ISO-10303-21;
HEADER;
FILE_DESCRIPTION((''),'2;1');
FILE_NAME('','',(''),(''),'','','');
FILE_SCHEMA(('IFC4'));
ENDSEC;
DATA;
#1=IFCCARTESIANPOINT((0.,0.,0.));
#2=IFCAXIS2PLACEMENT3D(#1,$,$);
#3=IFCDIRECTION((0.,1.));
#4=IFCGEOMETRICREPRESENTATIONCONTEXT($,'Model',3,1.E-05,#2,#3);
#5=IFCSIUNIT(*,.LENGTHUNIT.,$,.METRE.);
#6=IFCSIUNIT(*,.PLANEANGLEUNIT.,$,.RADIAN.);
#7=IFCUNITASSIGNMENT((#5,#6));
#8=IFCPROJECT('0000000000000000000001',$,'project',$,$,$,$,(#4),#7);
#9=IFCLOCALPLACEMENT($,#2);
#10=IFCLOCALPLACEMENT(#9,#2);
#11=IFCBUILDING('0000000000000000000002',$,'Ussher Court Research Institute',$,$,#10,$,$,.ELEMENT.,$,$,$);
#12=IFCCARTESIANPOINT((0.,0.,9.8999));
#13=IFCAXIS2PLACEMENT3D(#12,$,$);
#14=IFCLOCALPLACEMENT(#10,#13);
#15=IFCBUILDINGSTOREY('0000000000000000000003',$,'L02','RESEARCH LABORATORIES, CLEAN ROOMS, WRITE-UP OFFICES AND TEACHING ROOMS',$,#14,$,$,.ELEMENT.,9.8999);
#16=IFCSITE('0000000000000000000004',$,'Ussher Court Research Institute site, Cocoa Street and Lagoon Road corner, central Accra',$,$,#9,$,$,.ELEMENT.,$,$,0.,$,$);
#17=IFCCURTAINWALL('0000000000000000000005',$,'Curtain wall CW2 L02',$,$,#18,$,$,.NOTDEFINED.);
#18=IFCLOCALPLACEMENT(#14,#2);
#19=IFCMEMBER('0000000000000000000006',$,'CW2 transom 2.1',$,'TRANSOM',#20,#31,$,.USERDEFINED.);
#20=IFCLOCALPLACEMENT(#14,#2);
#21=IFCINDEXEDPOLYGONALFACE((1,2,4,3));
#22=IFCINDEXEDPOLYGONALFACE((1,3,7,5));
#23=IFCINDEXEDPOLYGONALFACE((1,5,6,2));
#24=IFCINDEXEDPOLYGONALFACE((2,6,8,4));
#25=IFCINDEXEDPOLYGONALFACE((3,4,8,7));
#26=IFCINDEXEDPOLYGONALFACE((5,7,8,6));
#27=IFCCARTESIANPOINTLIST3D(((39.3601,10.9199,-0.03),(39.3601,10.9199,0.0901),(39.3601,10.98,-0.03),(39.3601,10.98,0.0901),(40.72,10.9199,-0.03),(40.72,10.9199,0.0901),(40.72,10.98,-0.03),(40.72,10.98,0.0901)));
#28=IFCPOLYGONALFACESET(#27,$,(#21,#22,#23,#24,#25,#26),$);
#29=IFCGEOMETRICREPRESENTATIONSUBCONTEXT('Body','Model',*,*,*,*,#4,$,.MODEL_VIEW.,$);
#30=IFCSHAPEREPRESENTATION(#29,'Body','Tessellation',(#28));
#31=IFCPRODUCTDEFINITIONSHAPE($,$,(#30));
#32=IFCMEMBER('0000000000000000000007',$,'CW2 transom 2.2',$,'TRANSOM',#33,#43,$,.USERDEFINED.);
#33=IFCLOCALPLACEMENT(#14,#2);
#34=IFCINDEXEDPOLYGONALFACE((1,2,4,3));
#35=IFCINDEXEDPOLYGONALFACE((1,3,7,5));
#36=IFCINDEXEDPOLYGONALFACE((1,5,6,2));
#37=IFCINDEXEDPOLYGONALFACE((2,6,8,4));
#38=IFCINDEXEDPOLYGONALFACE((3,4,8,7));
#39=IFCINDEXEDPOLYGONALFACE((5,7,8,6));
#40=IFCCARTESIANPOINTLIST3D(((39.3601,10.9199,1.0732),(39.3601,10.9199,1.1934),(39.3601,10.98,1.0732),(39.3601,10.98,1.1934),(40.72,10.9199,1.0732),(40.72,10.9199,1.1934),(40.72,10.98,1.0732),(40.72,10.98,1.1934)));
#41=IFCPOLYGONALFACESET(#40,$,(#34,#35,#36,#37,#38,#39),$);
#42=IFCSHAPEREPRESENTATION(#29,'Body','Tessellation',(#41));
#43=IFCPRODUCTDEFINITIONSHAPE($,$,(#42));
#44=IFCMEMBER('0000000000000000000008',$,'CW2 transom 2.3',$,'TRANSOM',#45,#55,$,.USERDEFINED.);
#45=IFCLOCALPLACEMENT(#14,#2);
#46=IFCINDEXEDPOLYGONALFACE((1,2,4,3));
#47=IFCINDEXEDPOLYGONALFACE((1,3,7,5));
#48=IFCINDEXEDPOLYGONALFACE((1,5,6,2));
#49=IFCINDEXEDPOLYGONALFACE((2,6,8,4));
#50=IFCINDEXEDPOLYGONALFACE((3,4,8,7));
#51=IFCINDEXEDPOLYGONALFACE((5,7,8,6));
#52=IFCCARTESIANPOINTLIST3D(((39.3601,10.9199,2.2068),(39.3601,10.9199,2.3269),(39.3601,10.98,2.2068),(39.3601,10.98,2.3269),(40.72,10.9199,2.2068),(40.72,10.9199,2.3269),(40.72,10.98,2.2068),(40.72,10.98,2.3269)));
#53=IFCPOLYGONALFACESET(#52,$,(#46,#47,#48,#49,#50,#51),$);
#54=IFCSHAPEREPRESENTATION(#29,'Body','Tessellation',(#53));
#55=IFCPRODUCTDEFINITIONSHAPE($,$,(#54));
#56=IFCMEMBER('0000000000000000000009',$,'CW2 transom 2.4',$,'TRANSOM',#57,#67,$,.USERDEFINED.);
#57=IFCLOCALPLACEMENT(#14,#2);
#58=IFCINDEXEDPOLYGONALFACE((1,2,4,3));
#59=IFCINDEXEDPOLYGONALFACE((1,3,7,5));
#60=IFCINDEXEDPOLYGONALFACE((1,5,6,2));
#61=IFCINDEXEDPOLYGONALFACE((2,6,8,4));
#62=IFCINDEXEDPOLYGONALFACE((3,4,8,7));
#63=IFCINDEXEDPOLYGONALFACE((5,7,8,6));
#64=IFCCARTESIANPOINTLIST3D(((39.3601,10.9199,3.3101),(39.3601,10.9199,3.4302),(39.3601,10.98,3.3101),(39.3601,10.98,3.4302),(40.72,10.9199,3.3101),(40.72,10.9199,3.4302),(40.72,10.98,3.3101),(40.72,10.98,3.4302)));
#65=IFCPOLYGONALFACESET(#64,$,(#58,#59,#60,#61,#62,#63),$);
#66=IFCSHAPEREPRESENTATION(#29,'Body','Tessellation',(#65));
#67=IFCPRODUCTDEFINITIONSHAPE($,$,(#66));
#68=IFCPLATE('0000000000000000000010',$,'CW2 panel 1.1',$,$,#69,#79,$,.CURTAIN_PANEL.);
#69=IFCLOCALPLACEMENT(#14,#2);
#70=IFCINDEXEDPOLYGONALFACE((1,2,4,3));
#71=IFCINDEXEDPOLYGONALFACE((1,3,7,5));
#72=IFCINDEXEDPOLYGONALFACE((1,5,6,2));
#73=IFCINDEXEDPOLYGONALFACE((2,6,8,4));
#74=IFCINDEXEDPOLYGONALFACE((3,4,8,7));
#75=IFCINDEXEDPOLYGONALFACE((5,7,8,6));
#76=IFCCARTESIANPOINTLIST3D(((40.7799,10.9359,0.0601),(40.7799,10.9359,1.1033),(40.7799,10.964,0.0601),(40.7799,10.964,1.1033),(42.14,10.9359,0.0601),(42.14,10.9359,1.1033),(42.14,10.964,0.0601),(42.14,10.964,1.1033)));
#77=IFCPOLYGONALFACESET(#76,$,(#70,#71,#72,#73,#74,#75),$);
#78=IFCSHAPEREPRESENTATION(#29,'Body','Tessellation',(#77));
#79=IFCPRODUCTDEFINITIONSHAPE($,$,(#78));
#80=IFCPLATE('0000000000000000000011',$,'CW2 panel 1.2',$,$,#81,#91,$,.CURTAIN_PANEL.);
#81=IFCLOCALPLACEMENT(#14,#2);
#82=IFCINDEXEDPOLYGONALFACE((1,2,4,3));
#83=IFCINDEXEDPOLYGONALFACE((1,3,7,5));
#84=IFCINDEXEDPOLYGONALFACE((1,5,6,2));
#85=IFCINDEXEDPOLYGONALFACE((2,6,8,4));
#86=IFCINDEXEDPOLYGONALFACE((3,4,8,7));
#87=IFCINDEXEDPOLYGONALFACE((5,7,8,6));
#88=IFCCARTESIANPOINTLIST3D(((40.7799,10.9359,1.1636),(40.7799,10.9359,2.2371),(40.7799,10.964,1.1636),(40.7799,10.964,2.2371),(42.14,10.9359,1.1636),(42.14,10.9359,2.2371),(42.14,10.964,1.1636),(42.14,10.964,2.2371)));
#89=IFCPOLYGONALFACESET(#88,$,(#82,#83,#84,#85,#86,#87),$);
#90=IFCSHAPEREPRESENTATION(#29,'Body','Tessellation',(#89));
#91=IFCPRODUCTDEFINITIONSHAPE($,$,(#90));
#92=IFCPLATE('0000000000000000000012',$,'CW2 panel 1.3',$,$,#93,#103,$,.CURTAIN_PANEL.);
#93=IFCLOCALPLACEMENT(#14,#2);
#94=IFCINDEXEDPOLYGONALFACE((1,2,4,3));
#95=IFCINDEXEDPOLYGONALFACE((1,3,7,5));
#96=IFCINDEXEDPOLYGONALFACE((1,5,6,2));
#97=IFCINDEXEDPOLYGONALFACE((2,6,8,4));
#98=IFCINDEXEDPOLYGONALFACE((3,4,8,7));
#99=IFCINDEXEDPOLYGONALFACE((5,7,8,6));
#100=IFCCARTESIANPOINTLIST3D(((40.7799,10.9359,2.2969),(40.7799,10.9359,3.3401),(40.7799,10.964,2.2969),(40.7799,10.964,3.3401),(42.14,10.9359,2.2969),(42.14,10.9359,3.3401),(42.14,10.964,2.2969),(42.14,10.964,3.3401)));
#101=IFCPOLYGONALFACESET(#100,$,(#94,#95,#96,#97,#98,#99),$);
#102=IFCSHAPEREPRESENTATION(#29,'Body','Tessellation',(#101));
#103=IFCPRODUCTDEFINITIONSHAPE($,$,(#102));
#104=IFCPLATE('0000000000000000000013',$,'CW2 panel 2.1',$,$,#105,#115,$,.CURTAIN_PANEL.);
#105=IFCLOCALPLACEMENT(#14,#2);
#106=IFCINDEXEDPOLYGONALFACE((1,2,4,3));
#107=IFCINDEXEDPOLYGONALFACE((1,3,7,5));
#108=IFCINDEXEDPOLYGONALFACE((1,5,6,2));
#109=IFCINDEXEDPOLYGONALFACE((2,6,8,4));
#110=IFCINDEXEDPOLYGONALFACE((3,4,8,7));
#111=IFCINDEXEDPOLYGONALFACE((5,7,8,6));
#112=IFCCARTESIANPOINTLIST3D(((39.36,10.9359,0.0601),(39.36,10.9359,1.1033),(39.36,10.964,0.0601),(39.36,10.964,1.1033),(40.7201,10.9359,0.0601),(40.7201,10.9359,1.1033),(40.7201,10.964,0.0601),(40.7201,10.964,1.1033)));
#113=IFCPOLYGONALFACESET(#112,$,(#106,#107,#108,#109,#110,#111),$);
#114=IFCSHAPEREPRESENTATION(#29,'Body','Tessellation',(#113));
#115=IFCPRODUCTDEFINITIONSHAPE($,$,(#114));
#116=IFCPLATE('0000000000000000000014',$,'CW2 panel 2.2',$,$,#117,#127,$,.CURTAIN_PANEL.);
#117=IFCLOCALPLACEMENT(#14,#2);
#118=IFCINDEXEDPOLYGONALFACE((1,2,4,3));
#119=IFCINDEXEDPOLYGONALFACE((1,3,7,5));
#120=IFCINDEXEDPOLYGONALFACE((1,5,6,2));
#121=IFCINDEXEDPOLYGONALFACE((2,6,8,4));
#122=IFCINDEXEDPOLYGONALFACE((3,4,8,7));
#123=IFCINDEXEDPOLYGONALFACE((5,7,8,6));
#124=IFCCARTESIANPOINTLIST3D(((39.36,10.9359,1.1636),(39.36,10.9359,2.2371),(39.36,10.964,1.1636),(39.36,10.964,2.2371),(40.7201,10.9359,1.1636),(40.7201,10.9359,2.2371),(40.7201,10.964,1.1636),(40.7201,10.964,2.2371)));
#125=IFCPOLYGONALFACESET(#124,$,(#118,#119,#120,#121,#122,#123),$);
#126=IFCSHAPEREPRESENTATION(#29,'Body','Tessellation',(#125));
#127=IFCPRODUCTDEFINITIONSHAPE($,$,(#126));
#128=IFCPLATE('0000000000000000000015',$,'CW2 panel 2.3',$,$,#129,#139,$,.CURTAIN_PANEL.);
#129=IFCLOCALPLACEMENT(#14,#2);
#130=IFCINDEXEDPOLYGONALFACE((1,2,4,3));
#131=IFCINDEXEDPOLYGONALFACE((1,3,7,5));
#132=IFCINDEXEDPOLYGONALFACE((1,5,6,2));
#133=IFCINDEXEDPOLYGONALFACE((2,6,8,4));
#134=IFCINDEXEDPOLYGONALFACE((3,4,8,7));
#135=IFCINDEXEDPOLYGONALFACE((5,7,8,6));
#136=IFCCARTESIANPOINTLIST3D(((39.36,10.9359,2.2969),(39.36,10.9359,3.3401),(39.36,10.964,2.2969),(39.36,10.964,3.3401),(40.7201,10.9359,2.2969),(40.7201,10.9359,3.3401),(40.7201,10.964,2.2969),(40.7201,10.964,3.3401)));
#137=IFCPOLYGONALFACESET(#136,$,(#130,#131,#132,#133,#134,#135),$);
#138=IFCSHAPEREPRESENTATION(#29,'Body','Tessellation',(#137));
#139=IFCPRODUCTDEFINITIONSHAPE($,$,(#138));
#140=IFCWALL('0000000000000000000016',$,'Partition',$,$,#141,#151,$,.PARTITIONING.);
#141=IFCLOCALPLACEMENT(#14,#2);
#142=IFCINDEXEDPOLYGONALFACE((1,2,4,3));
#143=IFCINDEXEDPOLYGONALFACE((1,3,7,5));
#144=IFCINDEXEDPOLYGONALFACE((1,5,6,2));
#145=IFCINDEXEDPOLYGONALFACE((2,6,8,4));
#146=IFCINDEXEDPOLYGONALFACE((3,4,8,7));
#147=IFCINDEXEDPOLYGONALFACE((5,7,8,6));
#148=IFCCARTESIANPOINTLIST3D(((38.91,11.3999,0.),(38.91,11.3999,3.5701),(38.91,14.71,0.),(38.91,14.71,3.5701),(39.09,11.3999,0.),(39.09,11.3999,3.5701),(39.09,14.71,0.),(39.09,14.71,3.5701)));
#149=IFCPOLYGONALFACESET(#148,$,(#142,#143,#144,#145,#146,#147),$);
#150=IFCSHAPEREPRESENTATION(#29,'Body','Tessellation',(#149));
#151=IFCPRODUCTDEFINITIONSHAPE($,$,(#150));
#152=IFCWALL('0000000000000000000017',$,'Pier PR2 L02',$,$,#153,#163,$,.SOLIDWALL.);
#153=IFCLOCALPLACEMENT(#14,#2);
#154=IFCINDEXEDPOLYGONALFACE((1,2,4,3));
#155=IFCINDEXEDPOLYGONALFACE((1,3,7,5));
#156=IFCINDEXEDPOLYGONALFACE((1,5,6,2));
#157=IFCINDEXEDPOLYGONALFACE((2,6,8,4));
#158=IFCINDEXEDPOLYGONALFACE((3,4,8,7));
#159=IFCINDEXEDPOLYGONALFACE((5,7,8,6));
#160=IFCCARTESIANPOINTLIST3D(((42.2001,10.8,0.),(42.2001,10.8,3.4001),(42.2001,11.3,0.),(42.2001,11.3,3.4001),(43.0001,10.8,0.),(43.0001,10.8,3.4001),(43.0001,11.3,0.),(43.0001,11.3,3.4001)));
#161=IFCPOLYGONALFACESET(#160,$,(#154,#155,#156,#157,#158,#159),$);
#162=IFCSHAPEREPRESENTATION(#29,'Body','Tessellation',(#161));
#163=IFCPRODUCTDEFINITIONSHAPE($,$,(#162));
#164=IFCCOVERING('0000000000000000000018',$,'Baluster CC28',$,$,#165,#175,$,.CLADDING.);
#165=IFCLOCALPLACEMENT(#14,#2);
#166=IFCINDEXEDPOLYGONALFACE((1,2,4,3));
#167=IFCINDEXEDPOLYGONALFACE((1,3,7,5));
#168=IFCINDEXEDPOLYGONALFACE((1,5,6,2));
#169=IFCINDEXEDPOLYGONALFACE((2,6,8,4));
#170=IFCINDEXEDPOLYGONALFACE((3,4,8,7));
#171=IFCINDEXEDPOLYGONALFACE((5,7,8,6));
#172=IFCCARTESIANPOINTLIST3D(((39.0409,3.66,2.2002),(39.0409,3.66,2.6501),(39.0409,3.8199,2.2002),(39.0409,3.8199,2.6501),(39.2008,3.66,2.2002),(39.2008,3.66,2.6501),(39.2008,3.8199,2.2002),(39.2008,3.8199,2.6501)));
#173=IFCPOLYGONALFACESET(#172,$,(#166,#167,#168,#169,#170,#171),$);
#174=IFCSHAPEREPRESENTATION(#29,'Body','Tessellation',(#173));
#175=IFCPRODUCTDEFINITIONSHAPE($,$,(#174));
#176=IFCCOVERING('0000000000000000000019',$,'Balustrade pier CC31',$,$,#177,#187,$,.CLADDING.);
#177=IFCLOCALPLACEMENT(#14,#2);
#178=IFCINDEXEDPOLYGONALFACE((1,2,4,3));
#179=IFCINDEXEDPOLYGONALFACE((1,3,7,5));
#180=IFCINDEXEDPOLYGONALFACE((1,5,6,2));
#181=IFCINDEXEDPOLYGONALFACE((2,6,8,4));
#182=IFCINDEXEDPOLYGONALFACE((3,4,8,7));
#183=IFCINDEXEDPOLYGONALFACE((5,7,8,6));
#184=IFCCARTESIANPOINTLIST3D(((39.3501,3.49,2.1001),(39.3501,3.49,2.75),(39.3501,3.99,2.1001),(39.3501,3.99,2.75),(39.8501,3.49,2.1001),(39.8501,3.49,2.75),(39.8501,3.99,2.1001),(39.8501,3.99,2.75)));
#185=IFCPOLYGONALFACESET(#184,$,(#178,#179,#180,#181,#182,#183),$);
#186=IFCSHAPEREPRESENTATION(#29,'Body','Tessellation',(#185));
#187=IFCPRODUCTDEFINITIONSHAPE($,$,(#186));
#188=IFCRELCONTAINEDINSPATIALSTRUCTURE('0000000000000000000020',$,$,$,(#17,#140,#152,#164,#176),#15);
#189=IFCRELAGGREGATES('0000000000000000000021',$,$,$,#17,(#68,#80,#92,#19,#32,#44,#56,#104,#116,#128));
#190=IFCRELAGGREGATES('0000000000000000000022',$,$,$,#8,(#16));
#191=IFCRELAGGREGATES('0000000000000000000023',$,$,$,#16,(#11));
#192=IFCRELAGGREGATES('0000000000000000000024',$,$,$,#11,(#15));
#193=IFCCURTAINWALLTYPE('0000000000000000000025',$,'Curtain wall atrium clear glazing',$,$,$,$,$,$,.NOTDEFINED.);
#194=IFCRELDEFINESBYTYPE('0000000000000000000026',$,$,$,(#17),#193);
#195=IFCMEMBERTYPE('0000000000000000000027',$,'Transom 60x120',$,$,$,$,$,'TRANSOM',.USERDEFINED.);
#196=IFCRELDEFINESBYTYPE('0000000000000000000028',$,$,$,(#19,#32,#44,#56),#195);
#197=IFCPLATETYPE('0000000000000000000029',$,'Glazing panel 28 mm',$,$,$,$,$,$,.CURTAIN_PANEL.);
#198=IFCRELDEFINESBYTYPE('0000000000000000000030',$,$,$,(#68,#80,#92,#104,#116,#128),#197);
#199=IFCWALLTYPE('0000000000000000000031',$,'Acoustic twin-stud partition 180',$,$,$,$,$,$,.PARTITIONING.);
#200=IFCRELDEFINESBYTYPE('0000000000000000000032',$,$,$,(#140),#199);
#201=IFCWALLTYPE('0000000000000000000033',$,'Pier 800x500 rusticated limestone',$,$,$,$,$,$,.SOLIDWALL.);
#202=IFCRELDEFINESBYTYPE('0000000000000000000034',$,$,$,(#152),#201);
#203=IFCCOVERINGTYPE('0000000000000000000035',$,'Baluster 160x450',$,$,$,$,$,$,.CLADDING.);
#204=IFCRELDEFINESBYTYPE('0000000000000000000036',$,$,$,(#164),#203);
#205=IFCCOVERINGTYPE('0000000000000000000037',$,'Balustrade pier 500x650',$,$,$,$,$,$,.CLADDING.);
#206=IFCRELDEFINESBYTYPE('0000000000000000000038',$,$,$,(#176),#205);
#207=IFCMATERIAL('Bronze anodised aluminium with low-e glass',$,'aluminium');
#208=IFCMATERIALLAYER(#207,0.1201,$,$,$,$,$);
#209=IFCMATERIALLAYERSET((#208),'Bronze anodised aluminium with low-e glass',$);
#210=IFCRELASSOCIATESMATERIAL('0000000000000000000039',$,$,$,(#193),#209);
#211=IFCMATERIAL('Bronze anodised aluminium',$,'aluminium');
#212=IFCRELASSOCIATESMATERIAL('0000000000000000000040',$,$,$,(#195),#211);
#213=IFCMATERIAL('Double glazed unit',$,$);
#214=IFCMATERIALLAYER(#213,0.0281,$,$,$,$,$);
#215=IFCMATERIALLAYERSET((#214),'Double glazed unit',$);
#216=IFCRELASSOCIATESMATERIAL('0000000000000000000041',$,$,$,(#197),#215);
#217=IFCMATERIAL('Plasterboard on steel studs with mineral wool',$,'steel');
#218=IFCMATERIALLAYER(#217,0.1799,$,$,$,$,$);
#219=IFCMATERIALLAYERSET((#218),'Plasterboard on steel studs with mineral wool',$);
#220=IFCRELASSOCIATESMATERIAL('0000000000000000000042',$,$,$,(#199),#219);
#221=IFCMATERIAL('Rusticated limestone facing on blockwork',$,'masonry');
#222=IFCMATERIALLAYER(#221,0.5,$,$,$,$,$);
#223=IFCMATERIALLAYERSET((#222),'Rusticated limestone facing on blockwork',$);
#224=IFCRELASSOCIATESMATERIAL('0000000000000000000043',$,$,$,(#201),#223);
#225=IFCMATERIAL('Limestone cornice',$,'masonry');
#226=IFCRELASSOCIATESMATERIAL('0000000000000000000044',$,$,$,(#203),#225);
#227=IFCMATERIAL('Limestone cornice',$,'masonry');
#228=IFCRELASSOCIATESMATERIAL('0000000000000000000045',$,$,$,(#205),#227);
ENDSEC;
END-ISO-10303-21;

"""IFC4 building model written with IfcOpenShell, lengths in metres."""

from ifc_helpers import new_model, si_unit, direction, frame, frame_2d, origin, origin_2d, place, context, subcontext, project, spatial, rectangle, extrude, material, layer, layer_set, material_profile, profile_set, type_object, element, aggregate, save


model = new_model("IFC4")

# Units and contexts
model_context = context("Model", 3, precision=1e-05, world=origin(), true_north=direction((0.0, 1.0)))
body_context = subcontext(model_context, "Body", "Model", "MODEL_VIEW")
ifc_project = project(units=[si_unit("LENGTHUNIT", "METRE"), si_unit("PLANEANGLEUNIT", "RADIAN")], contexts=[model_context])

# Site, building, storey
site_placement = place(None, origin())
site = spatial("IfcSite", under=ifc_project, at=site_placement, Name="Ussher Court Research Institute site, Cocoa Street and Lagoon Road corner, central Accra", CompositionType="ELEMENT", RefElevation=0.0)
building_placement = place(site_placement, origin())
building = spatial("IfcBuilding", under=site, at=building_placement, Name="Ussher Court Research Institute", CompositionType="ELEMENT")
storey_placement = place(building_placement, frame((0.0, 0.0, 9.8999)))
storey = spatial("IfcBuildingStorey", under=building, at=storey_placement, Name="L02", Description="RESEARCH LABORATORIES, CLEAN ROOMS, WRITE-UP OFFICES AND TEACHING ROOMS", CompositionType="ELEMENT", Elevation=9.8999)

# Curtain wall
ifc_material_1 = material(Name="Bronze anodised aluminium with low-e glass", Category="aluminium")
ifc_layer_1 = layer(ifc_material_1, 0.1201)
ifc_layer_set_1 = layer_set([ifc_layer_1], Name="Bronze anodised aluminium with low-e glass")
curtain_wall_type = type_object("IfcCurtainWallType", Name="Curtain wall atrium clear glazing", PredefinedType="NOTDEFINED", material=ifc_layer_set_1)
curtain_wall_placement = place(storey_placement, origin())
curtain_wall = element("IfcCurtainWall", 1, at=curtain_wall_placement, inside=storey, type_object=curtain_wall_type, Name="Curtain wall CW2 L02", PredefinedType="NOTDEFINED")

# Members
ifc_material_2 = material(Name="Bronze anodised aluminium", Category="aluminium")
ifc_material_profile_1 = material_profile(ifc_material_2, rectangle(XDim=0.0601, YDim=0.1201, at=origin_2d()), Name="Transom 60x120")
ifc_profile_set_1 = profile_set([ifc_material_profile_1], Name="Bronze anodised aluminium")
member_type_1 = type_object("IfcMemberType", Name="Transom 60x120", ElementType="TRANSOM", PredefinedType="USERDEFINED", material=ifc_profile_set_1)
member_1_placement = place(storey_placement, frame((40.72, 10.95, 0.03), z_axis=(-1.0, 0.0, 0.0), x_axis=(0.0, -1.0, 0.0)))
member_1 = element("IfcMember", 2, at=member_1_placement, type_object=member_type_1, Name="CW2 transom 2.1", ObjectType="TRANSOM", PredefinedType="USERDEFINED", context=body_context, shape_type="SweptSolid", body=[
    extrude(rectangle(XDim=0.0601, YDim=0.1201, at=origin_2d()), origin(), (0.0, 0.0, 1.0), 1.3599),
])
member_2_placement = place(storey_placement, frame((40.72, 10.95, 1.1333), z_axis=(-1.0, 0.0, 0.0), x_axis=(0.0, -1.0, 0.0)))
member_2 = element("IfcMember", 3, at=member_2_placement, type_object=member_type_1, Name="CW2 transom 2.2", ObjectType="TRANSOM", PredefinedType="USERDEFINED", context=body_context, shape_type="SweptSolid", body=[
    extrude(rectangle(XDim=0.0601, YDim=0.1201, at=origin_2d()), origin(), (0.0, 0.0, 1.0), 1.3599),
])
member_3_placement = place(storey_placement, frame((40.72, 10.95, 2.2668), z_axis=(-1.0, 0.0, 0.0), x_axis=(0.0, -1.0, 0.0)))
member_3 = element("IfcMember", 4, at=member_3_placement, type_object=member_type_1, Name="CW2 transom 2.3", ObjectType="TRANSOM", PredefinedType="USERDEFINED", context=body_context, shape_type="SweptSolid", body=[
    extrude(rectangle(XDim=0.0601, YDim=0.1201, at=origin_2d()), origin(), (0.0, 0.0, 1.0), 1.3599),
])
member_4_placement = place(storey_placement, frame((40.72, 10.95, 3.3701), z_axis=(-1.0, 0.0, 0.0), x_axis=(0.0, -1.0, 0.0)))
member_4 = element("IfcMember", 5, at=member_4_placement, type_object=member_type_1, Name="CW2 transom 2.4", ObjectType="TRANSOM", PredefinedType="USERDEFINED", context=body_context, shape_type="SweptSolid", body=[
    extrude(rectangle(XDim=0.0601, YDim=0.1201, at=origin_2d()), origin(), (0.0, 0.0, 1.0), 1.3599),
])

# Plates
ifc_material_3 = material(Name="Double glazed unit")
ifc_layer_2 = layer(ifc_material_3, 0.0281)
ifc_layer_set_2 = layer_set([ifc_layer_2], Name="Double glazed unit")
plate_type = type_object("IfcPlateType", Name="Glazing panel 28 mm", PredefinedType="CURTAIN_PANEL", material=ifc_layer_set_2)
plate_1_placement = place(storey_placement, frame((41.46, 10.95, 0.0601), z_axis=(0.0, 0.0, 1.0), x_axis=(-1.0, 0.0, 0.0)))
plate_1 = element("IfcPlate", 6, at=plate_1_placement, type_object=plate_type, Name="CW2 panel 1.1", PredefinedType="CURTAIN_PANEL", context=body_context, shape_type="SweptSolid", body=[
    extrude(rectangle(XDim=1.3601, YDim=0.0281, at=origin_2d()), origin(), (0.0, 0.0, 1.0), 1.0432),
])
plate_2_placement = place(storey_placement, frame((41.46, 10.95, 1.1636), z_axis=(0.0, 0.0, 1.0), x_axis=(-1.0, 0.0, 0.0)))
plate_2 = element("IfcPlate", 7, at=plate_2_placement, type_object=plate_type, Name="CW2 panel 1.2", PredefinedType="CURTAIN_PANEL", context=body_context, shape_type="SweptSolid", body=[
    extrude(rectangle(XDim=1.3601, YDim=0.0281, at=origin_2d()), origin(), (0.0, 0.0, 1.0), 1.0735),
])
plate_3_placement = place(storey_placement, frame((41.46, 10.95, 2.2969), z_axis=(0.0, 0.0, 1.0), x_axis=(-1.0, 0.0, 0.0)))
plate_3 = element("IfcPlate", 8, at=plate_3_placement, type_object=plate_type, Name="CW2 panel 1.3", PredefinedType="CURTAIN_PANEL", context=body_context, shape_type="SweptSolid", body=[
    extrude(rectangle(XDim=1.3601, YDim=0.0281, at=origin_2d()), origin(), (0.0, 0.0, 1.0), 1.0432),
])
plate_4_placement = place(storey_placement, frame((40.04, 10.95, 0.0601), z_axis=(0.0, 0.0, 1.0), x_axis=(-1.0, 0.0, 0.0)))
plate_4 = element("IfcPlate", 9, at=plate_4_placement, type_object=plate_type, Name="CW2 panel 2.1", PredefinedType="CURTAIN_PANEL", context=body_context, shape_type="SweptSolid", body=[
    extrude(rectangle(XDim=1.3601, YDim=0.0281, at=origin_2d()), origin(), (0.0, 0.0, 1.0), 1.0432),
])
plate_5_placement = place(storey_placement, frame((40.04, 10.95, 1.1636), z_axis=(0.0, 0.0, 1.0), x_axis=(-1.0, 0.0, 0.0)))
plate_5 = element("IfcPlate", 10, at=plate_5_placement, type_object=plate_type, Name="CW2 panel 2.2", PredefinedType="CURTAIN_PANEL", context=body_context, shape_type="SweptSolid", body=[
    extrude(rectangle(XDim=1.3601, YDim=0.0281, at=origin_2d()), origin(), (0.0, 0.0, 1.0), 1.0735),
])
plate_6_placement = place(storey_placement, frame((40.04, 10.95, 2.2969), z_axis=(0.0, 0.0, 1.0), x_axis=(-1.0, 0.0, 0.0)))
plate_6 = element("IfcPlate", 11, at=plate_6_placement, type_object=plate_type, Name="CW2 panel 2.3", PredefinedType="CURTAIN_PANEL", context=body_context, shape_type="SweptSolid", body=[
    extrude(rectangle(XDim=1.3601, YDim=0.0281, at=origin_2d()), origin(), (0.0, 0.0, 1.0), 1.0432),
])
aggregate(curtain_wall, [plate_1, plate_2, plate_3, member_1, member_2, member_3, member_4, plate_4, plate_5, plate_6])

# Walls
ifc_material_4 = material(Name="Plasterboard on steel studs with mineral wool", Category="steel")
ifc_layer_3 = layer(ifc_material_4, 0.1799)
ifc_layer_set_3 = layer_set([ifc_layer_3], Name="Plasterboard on steel studs with mineral wool")
wall_type_1 = type_object("IfcWallType", Name="Acoustic twin-stud partition 180", PredefinedType="PARTITIONING", material=ifc_layer_set_3)
wall_1_placement = place(storey_placement, frame((39.0, 11.3999, 0.0), z_axis=(0.0, 0.0, 1.0), x_axis=(0.0, 1.0, 0.0)))
element("IfcWall", 12, at=wall_1_placement, inside=storey, type_object=wall_type_1, Name="Partition", PredefinedType="PARTITIONING", context=body_context, shape_type="SweptSolid", body=[
    extrude(rectangle(XDim=3.3101, YDim=0.1799, at=frame_2d((1.655, 0.0))), origin(), (0.0, 0.0, 1.0), 3.5701),
])
ifc_material_5 = material(Name="Rusticated limestone facing on blockwork", Category="masonry")
ifc_layer_4 = layer(ifc_material_5, 0.5)
ifc_layer_set_4 = layer_set([ifc_layer_4], Name="Rusticated limestone facing on blockwork")
wall_type_2 = type_object("IfcWallType", Name="Pier 800x500 rusticated limestone", PredefinedType="SOLIDWALL", material=ifc_layer_set_4)
wall_2_placement = place(storey_placement, frame((43.0, 11.05, 0.0), z_axis=(0.0, 0.0, 1.0), x_axis=(-1.0, 0.0, 0.0)))
element("IfcWall", 13, at=wall_2_placement, inside=storey, type_object=wall_type_2, Name="Pier PR2 L02", PredefinedType="SOLIDWALL", context=body_context, shape_type="SweptSolid", body=[
    extrude(rectangle(XDim=0.8, YDim=0.5, at=frame_2d((0.3999, 0.0))), origin(), (0.0, 0.0, 1.0), 3.4001),
])

# Coverings
ifc_material_6 = material(Name="Limestone cornice", Category="masonry")
covering_type_1 = type_object("IfcCoveringType", Name="Baluster 160x450", PredefinedType="CLADDING", material=ifc_material_6)
covering_1_placement = place(storey_placement, frame((39.1208, 3.74, 2.2002), z_axis=(0.0, 0.0, 1.0), x_axis=(1.0, 0.0, 0.0)))
element("IfcCovering", 14, at=covering_1_placement, inside=storey, type_object=covering_type_1, Name="Baluster CC28", PredefinedType="CLADDING", context=body_context, shape_type="SweptSolid", body=[
    extrude(rectangle(XDim=0.1599, YDim=0.1599, at=origin_2d()), origin(), (0.0, 0.0, 1.0), 0.45),
])
ifc_material_7 = material(Name="Limestone cornice", Category="masonry")
covering_type_2 = type_object("IfcCoveringType", Name="Balustrade pier 500x650", PredefinedType="CLADDING", material=ifc_material_7)
covering_2_placement = place(storey_placement, frame((39.6001, 3.74, 2.1001), z_axis=(0.0, 0.0, 1.0), x_axis=(1.0, 0.0, 0.0)))
element("IfcCovering", 15, at=covering_2_placement, inside=storey, type_object=covering_type_2, Name="Balustrade pier CC31", PredefinedType="CLADDING", context=body_context, shape_type="SweptSolid", body=[
    extrude(rectangle(XDim=0.5, YDim=0.5, at=origin_2d()), origin(), (0.0, 0.0, 1.0), 0.6499),
])

save(model, "model.ifc")
